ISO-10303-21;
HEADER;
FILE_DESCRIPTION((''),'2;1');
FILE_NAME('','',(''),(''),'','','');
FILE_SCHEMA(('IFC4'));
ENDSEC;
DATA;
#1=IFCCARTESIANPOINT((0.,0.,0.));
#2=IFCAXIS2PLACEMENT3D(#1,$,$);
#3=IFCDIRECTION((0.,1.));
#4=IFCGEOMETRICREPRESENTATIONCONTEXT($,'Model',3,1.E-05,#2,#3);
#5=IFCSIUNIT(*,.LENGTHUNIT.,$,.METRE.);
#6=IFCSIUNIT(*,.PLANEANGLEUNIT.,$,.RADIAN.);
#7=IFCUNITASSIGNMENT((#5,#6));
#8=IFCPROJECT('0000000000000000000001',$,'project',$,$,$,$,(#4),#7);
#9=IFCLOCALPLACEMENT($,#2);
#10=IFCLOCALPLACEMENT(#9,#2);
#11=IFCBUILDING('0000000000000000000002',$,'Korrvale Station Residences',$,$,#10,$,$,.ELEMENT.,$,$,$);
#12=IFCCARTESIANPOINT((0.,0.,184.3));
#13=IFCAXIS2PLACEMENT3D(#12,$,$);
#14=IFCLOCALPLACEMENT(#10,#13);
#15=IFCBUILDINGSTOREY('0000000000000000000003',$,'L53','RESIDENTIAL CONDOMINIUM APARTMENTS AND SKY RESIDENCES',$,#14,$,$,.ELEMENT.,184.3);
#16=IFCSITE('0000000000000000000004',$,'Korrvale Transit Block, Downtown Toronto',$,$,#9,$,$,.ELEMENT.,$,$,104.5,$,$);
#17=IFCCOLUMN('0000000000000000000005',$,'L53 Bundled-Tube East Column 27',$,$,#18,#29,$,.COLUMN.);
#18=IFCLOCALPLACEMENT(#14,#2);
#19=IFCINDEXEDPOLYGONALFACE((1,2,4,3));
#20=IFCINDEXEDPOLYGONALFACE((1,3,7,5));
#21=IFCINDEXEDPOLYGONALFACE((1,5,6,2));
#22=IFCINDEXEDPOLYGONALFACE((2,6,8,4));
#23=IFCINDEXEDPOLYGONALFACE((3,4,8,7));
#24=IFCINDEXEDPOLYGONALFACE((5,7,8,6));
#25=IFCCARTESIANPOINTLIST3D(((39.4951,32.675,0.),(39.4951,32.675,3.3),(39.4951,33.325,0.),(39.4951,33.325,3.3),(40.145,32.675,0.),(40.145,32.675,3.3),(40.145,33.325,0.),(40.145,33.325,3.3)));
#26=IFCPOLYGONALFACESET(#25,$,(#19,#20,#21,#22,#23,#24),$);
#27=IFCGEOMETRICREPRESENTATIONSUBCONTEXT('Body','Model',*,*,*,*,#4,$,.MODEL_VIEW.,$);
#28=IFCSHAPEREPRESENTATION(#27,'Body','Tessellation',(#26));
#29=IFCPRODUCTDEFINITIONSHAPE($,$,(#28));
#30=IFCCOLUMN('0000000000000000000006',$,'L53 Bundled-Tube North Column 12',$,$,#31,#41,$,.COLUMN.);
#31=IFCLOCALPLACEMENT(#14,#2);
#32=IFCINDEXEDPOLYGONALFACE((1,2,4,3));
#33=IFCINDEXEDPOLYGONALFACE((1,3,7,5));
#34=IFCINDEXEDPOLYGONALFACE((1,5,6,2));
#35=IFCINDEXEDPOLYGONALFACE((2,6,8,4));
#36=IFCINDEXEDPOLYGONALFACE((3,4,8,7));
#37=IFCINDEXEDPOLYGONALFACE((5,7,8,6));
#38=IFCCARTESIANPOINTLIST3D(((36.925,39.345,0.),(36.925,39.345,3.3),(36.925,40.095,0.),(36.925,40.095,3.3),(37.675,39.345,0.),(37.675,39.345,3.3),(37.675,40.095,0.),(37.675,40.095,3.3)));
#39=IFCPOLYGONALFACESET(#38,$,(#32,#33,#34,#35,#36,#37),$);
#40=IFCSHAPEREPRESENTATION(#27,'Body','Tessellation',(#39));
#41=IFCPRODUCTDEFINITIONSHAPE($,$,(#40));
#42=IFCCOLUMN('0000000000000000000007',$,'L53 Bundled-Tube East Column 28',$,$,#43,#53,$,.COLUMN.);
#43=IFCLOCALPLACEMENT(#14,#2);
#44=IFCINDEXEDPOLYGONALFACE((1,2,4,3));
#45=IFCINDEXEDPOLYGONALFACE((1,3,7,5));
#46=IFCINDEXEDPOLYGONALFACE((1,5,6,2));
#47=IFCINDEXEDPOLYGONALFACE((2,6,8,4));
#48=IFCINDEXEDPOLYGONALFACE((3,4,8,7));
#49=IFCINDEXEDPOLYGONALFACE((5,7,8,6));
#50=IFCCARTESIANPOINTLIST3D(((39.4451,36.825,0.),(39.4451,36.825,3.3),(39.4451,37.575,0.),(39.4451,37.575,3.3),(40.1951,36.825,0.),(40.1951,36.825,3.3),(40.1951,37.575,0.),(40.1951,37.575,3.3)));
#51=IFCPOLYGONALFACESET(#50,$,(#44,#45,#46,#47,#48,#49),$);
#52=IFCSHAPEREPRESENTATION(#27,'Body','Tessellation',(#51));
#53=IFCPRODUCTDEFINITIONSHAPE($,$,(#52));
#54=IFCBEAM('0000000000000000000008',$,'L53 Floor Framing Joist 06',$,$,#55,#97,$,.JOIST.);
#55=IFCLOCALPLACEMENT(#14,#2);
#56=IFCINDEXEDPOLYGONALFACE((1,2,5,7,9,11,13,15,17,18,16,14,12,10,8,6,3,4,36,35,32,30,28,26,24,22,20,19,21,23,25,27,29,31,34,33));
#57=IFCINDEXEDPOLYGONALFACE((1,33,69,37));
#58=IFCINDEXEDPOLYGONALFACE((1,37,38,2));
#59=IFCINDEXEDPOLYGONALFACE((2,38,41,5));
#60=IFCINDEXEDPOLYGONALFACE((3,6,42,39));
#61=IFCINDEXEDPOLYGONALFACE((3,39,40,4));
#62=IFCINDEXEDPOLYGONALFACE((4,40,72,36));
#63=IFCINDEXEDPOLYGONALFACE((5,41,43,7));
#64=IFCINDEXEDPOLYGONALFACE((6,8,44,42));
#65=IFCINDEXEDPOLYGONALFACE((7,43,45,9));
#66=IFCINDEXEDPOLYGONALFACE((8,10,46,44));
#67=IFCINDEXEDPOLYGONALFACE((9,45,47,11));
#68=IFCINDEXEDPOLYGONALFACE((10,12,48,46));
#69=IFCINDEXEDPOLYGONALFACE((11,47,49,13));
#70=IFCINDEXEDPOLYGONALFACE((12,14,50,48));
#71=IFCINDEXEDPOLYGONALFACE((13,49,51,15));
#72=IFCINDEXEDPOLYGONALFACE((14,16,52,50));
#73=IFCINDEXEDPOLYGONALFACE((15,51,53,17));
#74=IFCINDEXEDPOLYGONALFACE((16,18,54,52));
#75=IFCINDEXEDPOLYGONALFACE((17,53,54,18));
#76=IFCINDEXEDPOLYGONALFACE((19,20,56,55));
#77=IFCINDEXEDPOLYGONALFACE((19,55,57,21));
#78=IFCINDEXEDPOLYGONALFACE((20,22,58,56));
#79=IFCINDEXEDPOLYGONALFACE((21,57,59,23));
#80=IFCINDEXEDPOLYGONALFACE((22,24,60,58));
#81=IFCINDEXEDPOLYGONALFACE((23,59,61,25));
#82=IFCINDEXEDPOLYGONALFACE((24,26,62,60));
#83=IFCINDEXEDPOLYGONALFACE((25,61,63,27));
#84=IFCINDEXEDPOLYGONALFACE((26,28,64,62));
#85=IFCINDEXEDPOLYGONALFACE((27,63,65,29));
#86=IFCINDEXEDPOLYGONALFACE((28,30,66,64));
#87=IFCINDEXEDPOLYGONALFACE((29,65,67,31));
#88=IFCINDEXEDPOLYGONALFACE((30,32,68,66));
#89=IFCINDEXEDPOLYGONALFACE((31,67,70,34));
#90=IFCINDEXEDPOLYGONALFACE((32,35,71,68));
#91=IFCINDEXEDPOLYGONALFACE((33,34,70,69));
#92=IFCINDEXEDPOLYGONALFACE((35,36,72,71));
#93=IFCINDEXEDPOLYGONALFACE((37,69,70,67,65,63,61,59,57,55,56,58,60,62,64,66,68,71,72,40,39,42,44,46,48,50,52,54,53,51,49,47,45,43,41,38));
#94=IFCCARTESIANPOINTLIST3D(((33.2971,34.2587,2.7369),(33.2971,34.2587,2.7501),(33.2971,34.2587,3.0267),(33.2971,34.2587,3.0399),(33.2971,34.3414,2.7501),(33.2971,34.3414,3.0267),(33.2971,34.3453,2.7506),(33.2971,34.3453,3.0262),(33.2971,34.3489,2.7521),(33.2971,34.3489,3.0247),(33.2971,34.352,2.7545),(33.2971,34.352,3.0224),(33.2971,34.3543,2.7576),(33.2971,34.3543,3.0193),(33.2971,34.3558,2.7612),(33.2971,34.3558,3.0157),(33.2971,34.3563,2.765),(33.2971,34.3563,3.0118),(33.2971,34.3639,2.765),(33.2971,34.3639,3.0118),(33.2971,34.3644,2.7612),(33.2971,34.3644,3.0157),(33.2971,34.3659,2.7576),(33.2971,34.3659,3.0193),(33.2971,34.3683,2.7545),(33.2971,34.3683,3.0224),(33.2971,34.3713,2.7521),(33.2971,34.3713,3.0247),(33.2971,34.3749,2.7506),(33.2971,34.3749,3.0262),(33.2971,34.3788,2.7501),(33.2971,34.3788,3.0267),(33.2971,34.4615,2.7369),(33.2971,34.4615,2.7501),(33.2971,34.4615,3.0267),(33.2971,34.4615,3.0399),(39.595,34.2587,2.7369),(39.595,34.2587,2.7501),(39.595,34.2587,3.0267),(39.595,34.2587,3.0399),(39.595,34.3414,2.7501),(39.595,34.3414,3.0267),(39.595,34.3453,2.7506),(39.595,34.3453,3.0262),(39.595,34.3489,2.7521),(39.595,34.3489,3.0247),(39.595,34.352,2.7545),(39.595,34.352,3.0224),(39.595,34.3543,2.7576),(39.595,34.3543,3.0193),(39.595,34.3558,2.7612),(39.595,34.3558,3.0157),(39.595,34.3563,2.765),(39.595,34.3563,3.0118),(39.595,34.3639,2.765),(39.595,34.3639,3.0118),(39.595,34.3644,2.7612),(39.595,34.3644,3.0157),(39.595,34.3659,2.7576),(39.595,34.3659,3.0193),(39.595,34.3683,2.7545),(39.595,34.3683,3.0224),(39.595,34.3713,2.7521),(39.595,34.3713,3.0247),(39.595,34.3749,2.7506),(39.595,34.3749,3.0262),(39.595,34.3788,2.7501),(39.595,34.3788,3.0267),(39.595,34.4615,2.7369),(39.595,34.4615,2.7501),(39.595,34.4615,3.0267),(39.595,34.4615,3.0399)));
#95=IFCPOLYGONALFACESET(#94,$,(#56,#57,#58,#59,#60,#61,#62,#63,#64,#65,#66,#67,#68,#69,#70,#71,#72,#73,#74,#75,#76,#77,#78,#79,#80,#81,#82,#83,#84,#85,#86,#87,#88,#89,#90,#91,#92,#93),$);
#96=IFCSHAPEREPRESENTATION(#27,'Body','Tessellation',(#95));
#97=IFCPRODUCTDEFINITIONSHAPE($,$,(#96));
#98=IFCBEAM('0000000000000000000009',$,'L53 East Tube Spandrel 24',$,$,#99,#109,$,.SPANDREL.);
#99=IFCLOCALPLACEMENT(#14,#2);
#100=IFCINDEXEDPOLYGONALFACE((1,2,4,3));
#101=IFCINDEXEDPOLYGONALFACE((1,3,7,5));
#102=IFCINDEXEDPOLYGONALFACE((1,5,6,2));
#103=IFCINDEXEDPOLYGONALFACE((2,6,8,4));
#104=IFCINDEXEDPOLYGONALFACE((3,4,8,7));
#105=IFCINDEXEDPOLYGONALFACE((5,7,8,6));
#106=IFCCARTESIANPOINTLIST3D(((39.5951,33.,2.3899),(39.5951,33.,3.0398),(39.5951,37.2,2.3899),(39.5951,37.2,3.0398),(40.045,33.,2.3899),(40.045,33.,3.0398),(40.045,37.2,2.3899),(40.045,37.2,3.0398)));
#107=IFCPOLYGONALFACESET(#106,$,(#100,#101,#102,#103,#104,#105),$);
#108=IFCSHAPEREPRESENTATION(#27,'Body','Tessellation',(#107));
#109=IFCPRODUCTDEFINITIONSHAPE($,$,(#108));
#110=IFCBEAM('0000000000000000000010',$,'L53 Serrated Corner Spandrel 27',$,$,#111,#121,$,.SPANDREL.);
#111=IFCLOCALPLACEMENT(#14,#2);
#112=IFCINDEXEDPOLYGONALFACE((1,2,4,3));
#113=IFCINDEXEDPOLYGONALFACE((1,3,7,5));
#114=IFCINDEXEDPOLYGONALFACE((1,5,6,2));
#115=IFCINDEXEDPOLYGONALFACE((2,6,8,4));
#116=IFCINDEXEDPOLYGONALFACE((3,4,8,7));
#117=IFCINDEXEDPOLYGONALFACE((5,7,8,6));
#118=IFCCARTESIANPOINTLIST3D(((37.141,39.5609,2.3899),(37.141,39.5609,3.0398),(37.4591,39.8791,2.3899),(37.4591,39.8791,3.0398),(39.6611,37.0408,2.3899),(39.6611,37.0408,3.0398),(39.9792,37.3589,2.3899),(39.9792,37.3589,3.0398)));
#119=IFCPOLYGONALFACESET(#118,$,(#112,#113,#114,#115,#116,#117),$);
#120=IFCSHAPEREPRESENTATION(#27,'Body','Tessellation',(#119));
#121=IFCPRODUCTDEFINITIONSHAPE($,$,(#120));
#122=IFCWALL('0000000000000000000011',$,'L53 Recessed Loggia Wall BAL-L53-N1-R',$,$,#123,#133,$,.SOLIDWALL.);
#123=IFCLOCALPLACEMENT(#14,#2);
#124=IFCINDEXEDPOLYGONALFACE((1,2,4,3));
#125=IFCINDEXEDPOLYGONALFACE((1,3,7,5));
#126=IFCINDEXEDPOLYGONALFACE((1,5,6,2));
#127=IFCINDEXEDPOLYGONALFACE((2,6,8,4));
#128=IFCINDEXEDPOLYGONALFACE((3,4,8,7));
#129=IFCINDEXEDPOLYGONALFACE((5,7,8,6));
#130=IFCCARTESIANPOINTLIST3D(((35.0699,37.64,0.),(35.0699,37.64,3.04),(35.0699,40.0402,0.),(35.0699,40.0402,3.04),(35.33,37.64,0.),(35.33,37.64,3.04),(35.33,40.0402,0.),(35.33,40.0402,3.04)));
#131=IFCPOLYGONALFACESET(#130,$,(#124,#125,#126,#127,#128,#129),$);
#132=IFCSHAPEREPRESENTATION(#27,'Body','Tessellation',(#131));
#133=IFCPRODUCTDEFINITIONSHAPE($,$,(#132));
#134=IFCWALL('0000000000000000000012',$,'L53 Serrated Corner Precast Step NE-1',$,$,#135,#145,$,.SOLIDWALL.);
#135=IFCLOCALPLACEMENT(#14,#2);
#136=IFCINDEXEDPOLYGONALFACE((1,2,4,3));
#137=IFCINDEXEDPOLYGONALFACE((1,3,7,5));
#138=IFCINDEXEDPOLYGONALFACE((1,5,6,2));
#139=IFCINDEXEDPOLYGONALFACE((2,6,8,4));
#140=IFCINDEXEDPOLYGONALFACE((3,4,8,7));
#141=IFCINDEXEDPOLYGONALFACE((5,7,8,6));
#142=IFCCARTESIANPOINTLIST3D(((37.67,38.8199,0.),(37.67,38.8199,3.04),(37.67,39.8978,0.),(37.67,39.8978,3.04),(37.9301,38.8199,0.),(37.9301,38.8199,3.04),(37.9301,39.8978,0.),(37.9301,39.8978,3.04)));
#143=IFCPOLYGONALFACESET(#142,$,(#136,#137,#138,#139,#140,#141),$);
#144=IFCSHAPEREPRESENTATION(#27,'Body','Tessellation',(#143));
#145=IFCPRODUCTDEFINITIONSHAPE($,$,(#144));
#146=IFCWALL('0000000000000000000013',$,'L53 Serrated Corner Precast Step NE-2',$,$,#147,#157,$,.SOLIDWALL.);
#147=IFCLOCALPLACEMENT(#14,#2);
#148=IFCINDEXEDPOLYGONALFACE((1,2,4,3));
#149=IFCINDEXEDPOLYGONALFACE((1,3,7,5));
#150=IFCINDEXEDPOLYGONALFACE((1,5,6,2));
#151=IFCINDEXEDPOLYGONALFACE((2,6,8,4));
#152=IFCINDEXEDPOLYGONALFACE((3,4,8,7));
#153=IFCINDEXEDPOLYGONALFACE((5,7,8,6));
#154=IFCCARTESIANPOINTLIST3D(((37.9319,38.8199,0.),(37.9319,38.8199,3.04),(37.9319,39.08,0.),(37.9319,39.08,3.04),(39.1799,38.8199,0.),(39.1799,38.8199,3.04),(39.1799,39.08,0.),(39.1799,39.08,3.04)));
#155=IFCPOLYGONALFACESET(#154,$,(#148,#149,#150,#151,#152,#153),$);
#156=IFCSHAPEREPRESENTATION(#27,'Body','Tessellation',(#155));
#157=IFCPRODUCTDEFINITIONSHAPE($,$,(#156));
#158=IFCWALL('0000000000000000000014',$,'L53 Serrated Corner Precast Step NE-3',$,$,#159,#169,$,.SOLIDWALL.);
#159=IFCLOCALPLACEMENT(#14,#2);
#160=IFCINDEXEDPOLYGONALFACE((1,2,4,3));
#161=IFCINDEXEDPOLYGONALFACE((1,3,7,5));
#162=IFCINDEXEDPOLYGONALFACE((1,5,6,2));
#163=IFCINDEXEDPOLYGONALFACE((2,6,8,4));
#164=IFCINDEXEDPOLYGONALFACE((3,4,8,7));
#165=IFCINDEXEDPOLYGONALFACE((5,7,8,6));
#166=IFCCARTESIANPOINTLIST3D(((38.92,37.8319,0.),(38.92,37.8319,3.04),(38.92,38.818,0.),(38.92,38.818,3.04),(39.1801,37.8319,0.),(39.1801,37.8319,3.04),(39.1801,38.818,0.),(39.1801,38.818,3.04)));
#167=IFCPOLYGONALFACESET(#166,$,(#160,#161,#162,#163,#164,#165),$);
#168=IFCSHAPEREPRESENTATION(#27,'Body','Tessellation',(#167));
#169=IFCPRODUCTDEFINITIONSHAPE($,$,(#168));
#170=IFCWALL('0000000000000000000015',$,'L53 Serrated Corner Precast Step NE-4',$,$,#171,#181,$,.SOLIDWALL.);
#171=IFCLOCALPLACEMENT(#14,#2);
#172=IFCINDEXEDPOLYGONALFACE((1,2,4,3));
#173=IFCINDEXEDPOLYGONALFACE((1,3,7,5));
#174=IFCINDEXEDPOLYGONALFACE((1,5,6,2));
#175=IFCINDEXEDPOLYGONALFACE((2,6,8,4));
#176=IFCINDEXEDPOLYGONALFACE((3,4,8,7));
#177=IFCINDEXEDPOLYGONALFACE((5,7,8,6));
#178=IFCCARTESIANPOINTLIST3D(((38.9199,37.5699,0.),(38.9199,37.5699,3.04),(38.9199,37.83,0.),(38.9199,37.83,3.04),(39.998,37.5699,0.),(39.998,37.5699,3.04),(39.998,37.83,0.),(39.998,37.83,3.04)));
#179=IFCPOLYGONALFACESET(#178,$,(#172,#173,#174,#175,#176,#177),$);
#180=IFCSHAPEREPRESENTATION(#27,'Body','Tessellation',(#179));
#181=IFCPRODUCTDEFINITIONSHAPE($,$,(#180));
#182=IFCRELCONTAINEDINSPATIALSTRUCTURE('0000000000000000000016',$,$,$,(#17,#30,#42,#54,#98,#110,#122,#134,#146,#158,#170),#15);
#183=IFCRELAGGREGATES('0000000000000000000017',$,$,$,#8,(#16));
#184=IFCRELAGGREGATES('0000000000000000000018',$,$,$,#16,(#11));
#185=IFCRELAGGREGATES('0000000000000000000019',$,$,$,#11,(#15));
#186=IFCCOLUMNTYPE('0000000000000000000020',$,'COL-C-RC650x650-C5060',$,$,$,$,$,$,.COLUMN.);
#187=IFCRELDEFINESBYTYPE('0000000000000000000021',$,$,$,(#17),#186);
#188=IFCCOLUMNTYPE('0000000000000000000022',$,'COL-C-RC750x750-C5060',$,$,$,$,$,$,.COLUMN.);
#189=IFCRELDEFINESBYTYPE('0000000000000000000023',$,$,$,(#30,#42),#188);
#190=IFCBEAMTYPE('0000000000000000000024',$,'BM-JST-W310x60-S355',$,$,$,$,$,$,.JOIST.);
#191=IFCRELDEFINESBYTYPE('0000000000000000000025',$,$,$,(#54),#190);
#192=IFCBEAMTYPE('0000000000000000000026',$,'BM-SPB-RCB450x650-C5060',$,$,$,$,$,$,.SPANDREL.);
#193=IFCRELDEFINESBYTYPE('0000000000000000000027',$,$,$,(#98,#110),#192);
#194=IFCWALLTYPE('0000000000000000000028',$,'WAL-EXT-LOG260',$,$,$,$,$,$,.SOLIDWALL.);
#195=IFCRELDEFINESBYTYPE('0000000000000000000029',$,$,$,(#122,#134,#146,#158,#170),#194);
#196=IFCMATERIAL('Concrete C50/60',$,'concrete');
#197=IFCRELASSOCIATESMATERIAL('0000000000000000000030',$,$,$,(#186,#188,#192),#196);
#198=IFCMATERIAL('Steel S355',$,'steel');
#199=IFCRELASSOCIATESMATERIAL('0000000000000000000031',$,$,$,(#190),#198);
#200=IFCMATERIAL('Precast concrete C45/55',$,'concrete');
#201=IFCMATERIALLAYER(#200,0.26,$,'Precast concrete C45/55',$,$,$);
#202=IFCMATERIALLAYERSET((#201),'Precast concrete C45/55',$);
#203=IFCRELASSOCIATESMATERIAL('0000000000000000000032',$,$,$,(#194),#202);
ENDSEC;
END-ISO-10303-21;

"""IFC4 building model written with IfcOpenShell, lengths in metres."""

from ifc_helpers import new_model, si_unit, direction, frame, frame_2d, origin, origin_2d, place, context, subcontext, project, spatial, rectangle, i_section, extrude, material, layer, layer_set, material_profile, profile_set, type_object, element, save


model = new_model("IFC4")

# Units and contexts
model_context = context("Model", 3, precision=1e-05, world=origin(), true_north=direction((0.0, 1.0)))
body_context = subcontext(model_context, "Body", "Model", "MODEL_VIEW")
ifc_project = project(units=[si_unit("LENGTHUNIT", "METRE"), si_unit("PLANEANGLEUNIT", "RADIAN")], contexts=[model_context])

# Site, building, storey
site_placement = place(None, origin())
site = spatial("IfcSite", under=ifc_project, at=site_placement, Name="Korrvale Transit Block, Downtown Toronto", CompositionType="ELEMENT", RefElevation=104.5)
building_placement = place(site_placement, origin())
building = spatial("IfcBuilding", under=site, at=building_placement, Name="Korrvale Station Residences", CompositionType="ELEMENT")
storey_placement = place(building_placement, frame((0.0, 0.0, 184.3)))
storey = spatial("IfcBuildingStorey", under=building, at=storey_placement, Name="L53", Description="RESIDENTIAL CONDOMINIUM APARTMENTS AND SKY RESIDENCES", CompositionType="ELEMENT", Elevation=184.3)

# Columns
ifc_material_1 = material(Name="Concrete C50/60", Category="concrete")
ifc_material_profile_1 = material_profile(ifc_material_1, rectangle(XDim=0.6499, YDim=0.6499, at=origin_2d()), Name="RC650x650")
ifc_profile_set_1 = profile_set([ifc_material_profile_1], Name="Concrete C50/60")
column_type_1 = type_object("IfcColumnType", Name="COL-C-RC650x650-C5060", PredefinedType="COLUMN", material=ifc_profile_set_1)
column_placement = place(storey_placement, frame((39.8201, 33.0, 0.0), z_axis=(0.0, 0.0, 1.0), x_axis=(1.0, 0.0, 0.0)))
element("IfcColumn", 1, at=column_placement, inside=storey, type_object=column_type_1, Name="L53 Bundled-Tube East Column 27", PredefinedType="COLUMN", context=body_context, shape_type="SweptSolid", body=[
    extrude(rectangle(XDim=0.6499, YDim=0.6499, at=origin_2d()), origin(), (0.0, 0.0, 1.0), 3.3),
])
ifc_material_profile_2 = material_profile(ifc_material_1, rectangle(XDim=0.75, YDim=0.75, at=origin_2d()), Name="RC750x750")
ifc_profile_set_2 = profile_set([ifc_material_profile_2], Name="Concrete C50/60")
column_type_2 = type_object("IfcColumnType", Name="COL-C-RC750x750-C5060", PredefinedType="COLUMN", material=ifc_profile_set_2)
for number, where, z_axis, x_axis, name in (
    (2, (37.3, 39.72, 0.0), (0.0, 0.0, 1.0), (1.0, 0.0, 0.0), "L53 Bundled-Tube North Column 12"),
    (3, (39.8201, 37.2, 0.0), (0.0, 0.0, 1.0), (1.0, 0.0, 0.0), "L53 Bundled-Tube East Column 28"),
):
    element("IfcColumn", number, at=place(storey_placement, frame(where, z_axis=z_axis, x_axis=x_axis)), inside=storey, type_object=column_type_2, Name=name, PredefinedType="COLUMN", context=body_context, shape_type="SweptSolid", body=[
        extrude(rectangle(XDim=0.75, YDim=0.75, at=origin_2d()), origin(), (0.0, 0.0, 1.0), 3.3),
    ])

# Beams
ifc_material_2 = material(Name="Steel S355", Category="steel")
ifc_material_profile_3 = material_profile(ifc_material_2, i_section(OverallWidth=0.2029, OverallDepth=0.303, WebThickness=0.0076, FlangeThickness=0.0132, FilletRadius=0.0149, at=origin_2d()), Name="W310x60")
ifc_profile_set_3 = profile_set([ifc_material_profile_3], Name="Steel S355")
beam_type_1 = type_object("IfcBeamType", Name="BM-JST-W310x60-S355", PredefinedType="JOIST", material=ifc_profile_set_3)
beam_1_placement = place(storey_placement, frame((33.2971, 34.3601, 2.8884), z_axis=(1.0, 0.0, 0.0), x_axis=(0.0, 1.0, 0.0)))
element("IfcBeam", 4, at=beam_1_placement, inside=storey, type_object=beam_type_1, Name="L53 Floor Framing Joist 06", PredefinedType="JOIST", context=body_context, shape_type="SweptSolid", body=[
    extrude(i_section(OverallWidth=0.2029, OverallDepth=0.303, WebThickness=0.0076, FlangeThickness=0.0132, FilletRadius=0.0149, at=origin_2d()), origin(), (0.0, 0.0, 1.0), 6.2979),
])
ifc_material_profile_4 = material_profile(ifc_material_1, rectangle(XDim=0.45, YDim=0.6499, at=origin_2d()), Name="RCB450x650")
ifc_profile_set_4 = profile_set([ifc_material_profile_4], Name="Concrete C50/60")
beam_type_2 = type_object("IfcBeamType", Name="BM-SPB-RCB450x650-C5060", PredefinedType="SPANDREL", material=ifc_profile_set_4)
beam_2_placement = place(storey_placement, frame((39.8201, 33.0, 2.7148), z_axis=(0.0, 1.0, 0.0), x_axis=(-1.0, 0.0, 0.0)))
element("IfcBeam", 5, at=beam_2_placement, inside=storey, type_object=beam_type_2, Name="L53 East Tube Spandrel 24", PredefinedType="SPANDREL", context=body_context, shape_type="SweptSolid", body=[
    extrude(rectangle(XDim=0.45, YDim=0.6499, at=origin_2d()), origin(), (0.0, 0.0, 1.0), 4.2),
])
beam_3_placement = place(storey_placement, frame((37.3, 39.72, 2.7148), z_axis=(0.707107, -0.707107, 0.0), x_axis=(0.707107, 0.707107, 0.0)))
element("IfcBeam", 6, at=beam_3_placement, inside=storey, type_object=beam_type_2, Name="L53 Serrated Corner Spandrel 27", PredefinedType="SPANDREL", context=body_context, shape_type="SweptSolid", body=[
    extrude(rectangle(XDim=0.45, YDim=0.6499, at=origin_2d()), origin(), (0.0, 0.0, 1.0), 3.564),
])

# Walls
ifc_material_3 = material(Name="Precast concrete C45/55", Category="concrete")
ifc_layer_1 = layer(ifc_material_3, 0.26, Name="Precast concrete C45/55")
ifc_layer_set_1 = layer_set([ifc_layer_1], Name="Precast concrete C45/55")
wall_type_1 = type_object("IfcWallType", Name="WAL-EXT-LOG260", PredefinedType="SOLIDWALL", material=ifc_layer_set_1)
wall_1_placement = place(storey_placement, frame((35.2, 37.6399, 0.0), z_axis=(0.0, 0.0, 1.0), x_axis=(0.0, 1.0, 0.0)))
element("IfcWall", 7, at=wall_1_placement, inside=storey, type_object=wall_type_1, Name="L53 Recessed Loggia Wall BAL-L53-N1-R", PredefinedType="SOLIDWALL", context=body_context, shape_type="SweptSolid", body=[
    extrude(rectangle(XDim=2.4001, YDim=0.26, at=frame_2d((1.2002, 0.0))), origin(), (0.0, 0.0, 1.0), 3.04),
])
wall_2_placement = place(storey_placement, frame((37.8, 39.8979, 0.0), z_axis=(0.0, 0.0, 1.0), x_axis=(0.0, -1.0, 0.0)))
element("IfcWall", 8, at=wall_2_placement, inside=storey, type_object=wall_type_1, Name="L53 Serrated Corner Precast Step NE-1", PredefinedType="SOLIDWALL", context=body_context, shape_type="SweptSolid", body=[
    extrude(rectangle(XDim=1.0779, YDim=0.26, at=frame_2d((0.5391, 0.0))), origin(), (0.0, 0.0, 1.0), 3.04),
])
wall_3_placement = place(storey_placement, frame((37.9319, 38.95, 0.0), z_axis=(0.0, 0.0, 1.0), x_axis=(1.0, 0.0, 0.0)))
element("IfcWall", 9, at=wall_3_placement, inside=storey, type_object=wall_type_1, Name="L53 Serrated Corner Precast Step NE-2", PredefinedType="SOLIDWALL", context=body_context, shape_type="SweptSolid", body=[
    extrude(rectangle(XDim=1.248, YDim=0.26, at=frame_2d((0.624, 0.0))), origin(), (0.0, 0.0, 1.0), 3.04),
])
wall_4_placement = place(storey_placement, frame((39.05, 38.8181, 0.0), z_axis=(0.0, 0.0, 1.0), x_axis=(0.0, -1.0, 0.0)))
element("IfcWall", 10, at=wall_4_placement, inside=storey, type_object=wall_type_1, Name="L53 Serrated Corner Precast Step NE-3", PredefinedType="SOLIDWALL", context=body_context, shape_type="SweptSolid", body=[
    extrude(rectangle(XDim=0.9861, YDim=0.26, at=frame_2d((0.4932, 0.0))), origin(), (0.0, 0.0, 1.0), 3.04),
])
wall_5_placement = place(storey_placement, frame((38.9199, 37.7, 0.0), z_axis=(0.0, 0.0, 1.0), x_axis=(1.0, 0.0, 0.0)))
element("IfcWall", 11, at=wall_5_placement, inside=storey, type_object=wall_type_1, Name="L53 Serrated Corner Precast Step NE-4", PredefinedType="SOLIDWALL", context=body_context, shape_type="SweptSolid", body=[
    extrude(rectangle(XDim=1.0781, YDim=0.26, at=frame_2d((0.5391, 0.0))), origin(), (0.0, 0.0, 1.0), 3.04),
])

save(model, "model.ifc")
